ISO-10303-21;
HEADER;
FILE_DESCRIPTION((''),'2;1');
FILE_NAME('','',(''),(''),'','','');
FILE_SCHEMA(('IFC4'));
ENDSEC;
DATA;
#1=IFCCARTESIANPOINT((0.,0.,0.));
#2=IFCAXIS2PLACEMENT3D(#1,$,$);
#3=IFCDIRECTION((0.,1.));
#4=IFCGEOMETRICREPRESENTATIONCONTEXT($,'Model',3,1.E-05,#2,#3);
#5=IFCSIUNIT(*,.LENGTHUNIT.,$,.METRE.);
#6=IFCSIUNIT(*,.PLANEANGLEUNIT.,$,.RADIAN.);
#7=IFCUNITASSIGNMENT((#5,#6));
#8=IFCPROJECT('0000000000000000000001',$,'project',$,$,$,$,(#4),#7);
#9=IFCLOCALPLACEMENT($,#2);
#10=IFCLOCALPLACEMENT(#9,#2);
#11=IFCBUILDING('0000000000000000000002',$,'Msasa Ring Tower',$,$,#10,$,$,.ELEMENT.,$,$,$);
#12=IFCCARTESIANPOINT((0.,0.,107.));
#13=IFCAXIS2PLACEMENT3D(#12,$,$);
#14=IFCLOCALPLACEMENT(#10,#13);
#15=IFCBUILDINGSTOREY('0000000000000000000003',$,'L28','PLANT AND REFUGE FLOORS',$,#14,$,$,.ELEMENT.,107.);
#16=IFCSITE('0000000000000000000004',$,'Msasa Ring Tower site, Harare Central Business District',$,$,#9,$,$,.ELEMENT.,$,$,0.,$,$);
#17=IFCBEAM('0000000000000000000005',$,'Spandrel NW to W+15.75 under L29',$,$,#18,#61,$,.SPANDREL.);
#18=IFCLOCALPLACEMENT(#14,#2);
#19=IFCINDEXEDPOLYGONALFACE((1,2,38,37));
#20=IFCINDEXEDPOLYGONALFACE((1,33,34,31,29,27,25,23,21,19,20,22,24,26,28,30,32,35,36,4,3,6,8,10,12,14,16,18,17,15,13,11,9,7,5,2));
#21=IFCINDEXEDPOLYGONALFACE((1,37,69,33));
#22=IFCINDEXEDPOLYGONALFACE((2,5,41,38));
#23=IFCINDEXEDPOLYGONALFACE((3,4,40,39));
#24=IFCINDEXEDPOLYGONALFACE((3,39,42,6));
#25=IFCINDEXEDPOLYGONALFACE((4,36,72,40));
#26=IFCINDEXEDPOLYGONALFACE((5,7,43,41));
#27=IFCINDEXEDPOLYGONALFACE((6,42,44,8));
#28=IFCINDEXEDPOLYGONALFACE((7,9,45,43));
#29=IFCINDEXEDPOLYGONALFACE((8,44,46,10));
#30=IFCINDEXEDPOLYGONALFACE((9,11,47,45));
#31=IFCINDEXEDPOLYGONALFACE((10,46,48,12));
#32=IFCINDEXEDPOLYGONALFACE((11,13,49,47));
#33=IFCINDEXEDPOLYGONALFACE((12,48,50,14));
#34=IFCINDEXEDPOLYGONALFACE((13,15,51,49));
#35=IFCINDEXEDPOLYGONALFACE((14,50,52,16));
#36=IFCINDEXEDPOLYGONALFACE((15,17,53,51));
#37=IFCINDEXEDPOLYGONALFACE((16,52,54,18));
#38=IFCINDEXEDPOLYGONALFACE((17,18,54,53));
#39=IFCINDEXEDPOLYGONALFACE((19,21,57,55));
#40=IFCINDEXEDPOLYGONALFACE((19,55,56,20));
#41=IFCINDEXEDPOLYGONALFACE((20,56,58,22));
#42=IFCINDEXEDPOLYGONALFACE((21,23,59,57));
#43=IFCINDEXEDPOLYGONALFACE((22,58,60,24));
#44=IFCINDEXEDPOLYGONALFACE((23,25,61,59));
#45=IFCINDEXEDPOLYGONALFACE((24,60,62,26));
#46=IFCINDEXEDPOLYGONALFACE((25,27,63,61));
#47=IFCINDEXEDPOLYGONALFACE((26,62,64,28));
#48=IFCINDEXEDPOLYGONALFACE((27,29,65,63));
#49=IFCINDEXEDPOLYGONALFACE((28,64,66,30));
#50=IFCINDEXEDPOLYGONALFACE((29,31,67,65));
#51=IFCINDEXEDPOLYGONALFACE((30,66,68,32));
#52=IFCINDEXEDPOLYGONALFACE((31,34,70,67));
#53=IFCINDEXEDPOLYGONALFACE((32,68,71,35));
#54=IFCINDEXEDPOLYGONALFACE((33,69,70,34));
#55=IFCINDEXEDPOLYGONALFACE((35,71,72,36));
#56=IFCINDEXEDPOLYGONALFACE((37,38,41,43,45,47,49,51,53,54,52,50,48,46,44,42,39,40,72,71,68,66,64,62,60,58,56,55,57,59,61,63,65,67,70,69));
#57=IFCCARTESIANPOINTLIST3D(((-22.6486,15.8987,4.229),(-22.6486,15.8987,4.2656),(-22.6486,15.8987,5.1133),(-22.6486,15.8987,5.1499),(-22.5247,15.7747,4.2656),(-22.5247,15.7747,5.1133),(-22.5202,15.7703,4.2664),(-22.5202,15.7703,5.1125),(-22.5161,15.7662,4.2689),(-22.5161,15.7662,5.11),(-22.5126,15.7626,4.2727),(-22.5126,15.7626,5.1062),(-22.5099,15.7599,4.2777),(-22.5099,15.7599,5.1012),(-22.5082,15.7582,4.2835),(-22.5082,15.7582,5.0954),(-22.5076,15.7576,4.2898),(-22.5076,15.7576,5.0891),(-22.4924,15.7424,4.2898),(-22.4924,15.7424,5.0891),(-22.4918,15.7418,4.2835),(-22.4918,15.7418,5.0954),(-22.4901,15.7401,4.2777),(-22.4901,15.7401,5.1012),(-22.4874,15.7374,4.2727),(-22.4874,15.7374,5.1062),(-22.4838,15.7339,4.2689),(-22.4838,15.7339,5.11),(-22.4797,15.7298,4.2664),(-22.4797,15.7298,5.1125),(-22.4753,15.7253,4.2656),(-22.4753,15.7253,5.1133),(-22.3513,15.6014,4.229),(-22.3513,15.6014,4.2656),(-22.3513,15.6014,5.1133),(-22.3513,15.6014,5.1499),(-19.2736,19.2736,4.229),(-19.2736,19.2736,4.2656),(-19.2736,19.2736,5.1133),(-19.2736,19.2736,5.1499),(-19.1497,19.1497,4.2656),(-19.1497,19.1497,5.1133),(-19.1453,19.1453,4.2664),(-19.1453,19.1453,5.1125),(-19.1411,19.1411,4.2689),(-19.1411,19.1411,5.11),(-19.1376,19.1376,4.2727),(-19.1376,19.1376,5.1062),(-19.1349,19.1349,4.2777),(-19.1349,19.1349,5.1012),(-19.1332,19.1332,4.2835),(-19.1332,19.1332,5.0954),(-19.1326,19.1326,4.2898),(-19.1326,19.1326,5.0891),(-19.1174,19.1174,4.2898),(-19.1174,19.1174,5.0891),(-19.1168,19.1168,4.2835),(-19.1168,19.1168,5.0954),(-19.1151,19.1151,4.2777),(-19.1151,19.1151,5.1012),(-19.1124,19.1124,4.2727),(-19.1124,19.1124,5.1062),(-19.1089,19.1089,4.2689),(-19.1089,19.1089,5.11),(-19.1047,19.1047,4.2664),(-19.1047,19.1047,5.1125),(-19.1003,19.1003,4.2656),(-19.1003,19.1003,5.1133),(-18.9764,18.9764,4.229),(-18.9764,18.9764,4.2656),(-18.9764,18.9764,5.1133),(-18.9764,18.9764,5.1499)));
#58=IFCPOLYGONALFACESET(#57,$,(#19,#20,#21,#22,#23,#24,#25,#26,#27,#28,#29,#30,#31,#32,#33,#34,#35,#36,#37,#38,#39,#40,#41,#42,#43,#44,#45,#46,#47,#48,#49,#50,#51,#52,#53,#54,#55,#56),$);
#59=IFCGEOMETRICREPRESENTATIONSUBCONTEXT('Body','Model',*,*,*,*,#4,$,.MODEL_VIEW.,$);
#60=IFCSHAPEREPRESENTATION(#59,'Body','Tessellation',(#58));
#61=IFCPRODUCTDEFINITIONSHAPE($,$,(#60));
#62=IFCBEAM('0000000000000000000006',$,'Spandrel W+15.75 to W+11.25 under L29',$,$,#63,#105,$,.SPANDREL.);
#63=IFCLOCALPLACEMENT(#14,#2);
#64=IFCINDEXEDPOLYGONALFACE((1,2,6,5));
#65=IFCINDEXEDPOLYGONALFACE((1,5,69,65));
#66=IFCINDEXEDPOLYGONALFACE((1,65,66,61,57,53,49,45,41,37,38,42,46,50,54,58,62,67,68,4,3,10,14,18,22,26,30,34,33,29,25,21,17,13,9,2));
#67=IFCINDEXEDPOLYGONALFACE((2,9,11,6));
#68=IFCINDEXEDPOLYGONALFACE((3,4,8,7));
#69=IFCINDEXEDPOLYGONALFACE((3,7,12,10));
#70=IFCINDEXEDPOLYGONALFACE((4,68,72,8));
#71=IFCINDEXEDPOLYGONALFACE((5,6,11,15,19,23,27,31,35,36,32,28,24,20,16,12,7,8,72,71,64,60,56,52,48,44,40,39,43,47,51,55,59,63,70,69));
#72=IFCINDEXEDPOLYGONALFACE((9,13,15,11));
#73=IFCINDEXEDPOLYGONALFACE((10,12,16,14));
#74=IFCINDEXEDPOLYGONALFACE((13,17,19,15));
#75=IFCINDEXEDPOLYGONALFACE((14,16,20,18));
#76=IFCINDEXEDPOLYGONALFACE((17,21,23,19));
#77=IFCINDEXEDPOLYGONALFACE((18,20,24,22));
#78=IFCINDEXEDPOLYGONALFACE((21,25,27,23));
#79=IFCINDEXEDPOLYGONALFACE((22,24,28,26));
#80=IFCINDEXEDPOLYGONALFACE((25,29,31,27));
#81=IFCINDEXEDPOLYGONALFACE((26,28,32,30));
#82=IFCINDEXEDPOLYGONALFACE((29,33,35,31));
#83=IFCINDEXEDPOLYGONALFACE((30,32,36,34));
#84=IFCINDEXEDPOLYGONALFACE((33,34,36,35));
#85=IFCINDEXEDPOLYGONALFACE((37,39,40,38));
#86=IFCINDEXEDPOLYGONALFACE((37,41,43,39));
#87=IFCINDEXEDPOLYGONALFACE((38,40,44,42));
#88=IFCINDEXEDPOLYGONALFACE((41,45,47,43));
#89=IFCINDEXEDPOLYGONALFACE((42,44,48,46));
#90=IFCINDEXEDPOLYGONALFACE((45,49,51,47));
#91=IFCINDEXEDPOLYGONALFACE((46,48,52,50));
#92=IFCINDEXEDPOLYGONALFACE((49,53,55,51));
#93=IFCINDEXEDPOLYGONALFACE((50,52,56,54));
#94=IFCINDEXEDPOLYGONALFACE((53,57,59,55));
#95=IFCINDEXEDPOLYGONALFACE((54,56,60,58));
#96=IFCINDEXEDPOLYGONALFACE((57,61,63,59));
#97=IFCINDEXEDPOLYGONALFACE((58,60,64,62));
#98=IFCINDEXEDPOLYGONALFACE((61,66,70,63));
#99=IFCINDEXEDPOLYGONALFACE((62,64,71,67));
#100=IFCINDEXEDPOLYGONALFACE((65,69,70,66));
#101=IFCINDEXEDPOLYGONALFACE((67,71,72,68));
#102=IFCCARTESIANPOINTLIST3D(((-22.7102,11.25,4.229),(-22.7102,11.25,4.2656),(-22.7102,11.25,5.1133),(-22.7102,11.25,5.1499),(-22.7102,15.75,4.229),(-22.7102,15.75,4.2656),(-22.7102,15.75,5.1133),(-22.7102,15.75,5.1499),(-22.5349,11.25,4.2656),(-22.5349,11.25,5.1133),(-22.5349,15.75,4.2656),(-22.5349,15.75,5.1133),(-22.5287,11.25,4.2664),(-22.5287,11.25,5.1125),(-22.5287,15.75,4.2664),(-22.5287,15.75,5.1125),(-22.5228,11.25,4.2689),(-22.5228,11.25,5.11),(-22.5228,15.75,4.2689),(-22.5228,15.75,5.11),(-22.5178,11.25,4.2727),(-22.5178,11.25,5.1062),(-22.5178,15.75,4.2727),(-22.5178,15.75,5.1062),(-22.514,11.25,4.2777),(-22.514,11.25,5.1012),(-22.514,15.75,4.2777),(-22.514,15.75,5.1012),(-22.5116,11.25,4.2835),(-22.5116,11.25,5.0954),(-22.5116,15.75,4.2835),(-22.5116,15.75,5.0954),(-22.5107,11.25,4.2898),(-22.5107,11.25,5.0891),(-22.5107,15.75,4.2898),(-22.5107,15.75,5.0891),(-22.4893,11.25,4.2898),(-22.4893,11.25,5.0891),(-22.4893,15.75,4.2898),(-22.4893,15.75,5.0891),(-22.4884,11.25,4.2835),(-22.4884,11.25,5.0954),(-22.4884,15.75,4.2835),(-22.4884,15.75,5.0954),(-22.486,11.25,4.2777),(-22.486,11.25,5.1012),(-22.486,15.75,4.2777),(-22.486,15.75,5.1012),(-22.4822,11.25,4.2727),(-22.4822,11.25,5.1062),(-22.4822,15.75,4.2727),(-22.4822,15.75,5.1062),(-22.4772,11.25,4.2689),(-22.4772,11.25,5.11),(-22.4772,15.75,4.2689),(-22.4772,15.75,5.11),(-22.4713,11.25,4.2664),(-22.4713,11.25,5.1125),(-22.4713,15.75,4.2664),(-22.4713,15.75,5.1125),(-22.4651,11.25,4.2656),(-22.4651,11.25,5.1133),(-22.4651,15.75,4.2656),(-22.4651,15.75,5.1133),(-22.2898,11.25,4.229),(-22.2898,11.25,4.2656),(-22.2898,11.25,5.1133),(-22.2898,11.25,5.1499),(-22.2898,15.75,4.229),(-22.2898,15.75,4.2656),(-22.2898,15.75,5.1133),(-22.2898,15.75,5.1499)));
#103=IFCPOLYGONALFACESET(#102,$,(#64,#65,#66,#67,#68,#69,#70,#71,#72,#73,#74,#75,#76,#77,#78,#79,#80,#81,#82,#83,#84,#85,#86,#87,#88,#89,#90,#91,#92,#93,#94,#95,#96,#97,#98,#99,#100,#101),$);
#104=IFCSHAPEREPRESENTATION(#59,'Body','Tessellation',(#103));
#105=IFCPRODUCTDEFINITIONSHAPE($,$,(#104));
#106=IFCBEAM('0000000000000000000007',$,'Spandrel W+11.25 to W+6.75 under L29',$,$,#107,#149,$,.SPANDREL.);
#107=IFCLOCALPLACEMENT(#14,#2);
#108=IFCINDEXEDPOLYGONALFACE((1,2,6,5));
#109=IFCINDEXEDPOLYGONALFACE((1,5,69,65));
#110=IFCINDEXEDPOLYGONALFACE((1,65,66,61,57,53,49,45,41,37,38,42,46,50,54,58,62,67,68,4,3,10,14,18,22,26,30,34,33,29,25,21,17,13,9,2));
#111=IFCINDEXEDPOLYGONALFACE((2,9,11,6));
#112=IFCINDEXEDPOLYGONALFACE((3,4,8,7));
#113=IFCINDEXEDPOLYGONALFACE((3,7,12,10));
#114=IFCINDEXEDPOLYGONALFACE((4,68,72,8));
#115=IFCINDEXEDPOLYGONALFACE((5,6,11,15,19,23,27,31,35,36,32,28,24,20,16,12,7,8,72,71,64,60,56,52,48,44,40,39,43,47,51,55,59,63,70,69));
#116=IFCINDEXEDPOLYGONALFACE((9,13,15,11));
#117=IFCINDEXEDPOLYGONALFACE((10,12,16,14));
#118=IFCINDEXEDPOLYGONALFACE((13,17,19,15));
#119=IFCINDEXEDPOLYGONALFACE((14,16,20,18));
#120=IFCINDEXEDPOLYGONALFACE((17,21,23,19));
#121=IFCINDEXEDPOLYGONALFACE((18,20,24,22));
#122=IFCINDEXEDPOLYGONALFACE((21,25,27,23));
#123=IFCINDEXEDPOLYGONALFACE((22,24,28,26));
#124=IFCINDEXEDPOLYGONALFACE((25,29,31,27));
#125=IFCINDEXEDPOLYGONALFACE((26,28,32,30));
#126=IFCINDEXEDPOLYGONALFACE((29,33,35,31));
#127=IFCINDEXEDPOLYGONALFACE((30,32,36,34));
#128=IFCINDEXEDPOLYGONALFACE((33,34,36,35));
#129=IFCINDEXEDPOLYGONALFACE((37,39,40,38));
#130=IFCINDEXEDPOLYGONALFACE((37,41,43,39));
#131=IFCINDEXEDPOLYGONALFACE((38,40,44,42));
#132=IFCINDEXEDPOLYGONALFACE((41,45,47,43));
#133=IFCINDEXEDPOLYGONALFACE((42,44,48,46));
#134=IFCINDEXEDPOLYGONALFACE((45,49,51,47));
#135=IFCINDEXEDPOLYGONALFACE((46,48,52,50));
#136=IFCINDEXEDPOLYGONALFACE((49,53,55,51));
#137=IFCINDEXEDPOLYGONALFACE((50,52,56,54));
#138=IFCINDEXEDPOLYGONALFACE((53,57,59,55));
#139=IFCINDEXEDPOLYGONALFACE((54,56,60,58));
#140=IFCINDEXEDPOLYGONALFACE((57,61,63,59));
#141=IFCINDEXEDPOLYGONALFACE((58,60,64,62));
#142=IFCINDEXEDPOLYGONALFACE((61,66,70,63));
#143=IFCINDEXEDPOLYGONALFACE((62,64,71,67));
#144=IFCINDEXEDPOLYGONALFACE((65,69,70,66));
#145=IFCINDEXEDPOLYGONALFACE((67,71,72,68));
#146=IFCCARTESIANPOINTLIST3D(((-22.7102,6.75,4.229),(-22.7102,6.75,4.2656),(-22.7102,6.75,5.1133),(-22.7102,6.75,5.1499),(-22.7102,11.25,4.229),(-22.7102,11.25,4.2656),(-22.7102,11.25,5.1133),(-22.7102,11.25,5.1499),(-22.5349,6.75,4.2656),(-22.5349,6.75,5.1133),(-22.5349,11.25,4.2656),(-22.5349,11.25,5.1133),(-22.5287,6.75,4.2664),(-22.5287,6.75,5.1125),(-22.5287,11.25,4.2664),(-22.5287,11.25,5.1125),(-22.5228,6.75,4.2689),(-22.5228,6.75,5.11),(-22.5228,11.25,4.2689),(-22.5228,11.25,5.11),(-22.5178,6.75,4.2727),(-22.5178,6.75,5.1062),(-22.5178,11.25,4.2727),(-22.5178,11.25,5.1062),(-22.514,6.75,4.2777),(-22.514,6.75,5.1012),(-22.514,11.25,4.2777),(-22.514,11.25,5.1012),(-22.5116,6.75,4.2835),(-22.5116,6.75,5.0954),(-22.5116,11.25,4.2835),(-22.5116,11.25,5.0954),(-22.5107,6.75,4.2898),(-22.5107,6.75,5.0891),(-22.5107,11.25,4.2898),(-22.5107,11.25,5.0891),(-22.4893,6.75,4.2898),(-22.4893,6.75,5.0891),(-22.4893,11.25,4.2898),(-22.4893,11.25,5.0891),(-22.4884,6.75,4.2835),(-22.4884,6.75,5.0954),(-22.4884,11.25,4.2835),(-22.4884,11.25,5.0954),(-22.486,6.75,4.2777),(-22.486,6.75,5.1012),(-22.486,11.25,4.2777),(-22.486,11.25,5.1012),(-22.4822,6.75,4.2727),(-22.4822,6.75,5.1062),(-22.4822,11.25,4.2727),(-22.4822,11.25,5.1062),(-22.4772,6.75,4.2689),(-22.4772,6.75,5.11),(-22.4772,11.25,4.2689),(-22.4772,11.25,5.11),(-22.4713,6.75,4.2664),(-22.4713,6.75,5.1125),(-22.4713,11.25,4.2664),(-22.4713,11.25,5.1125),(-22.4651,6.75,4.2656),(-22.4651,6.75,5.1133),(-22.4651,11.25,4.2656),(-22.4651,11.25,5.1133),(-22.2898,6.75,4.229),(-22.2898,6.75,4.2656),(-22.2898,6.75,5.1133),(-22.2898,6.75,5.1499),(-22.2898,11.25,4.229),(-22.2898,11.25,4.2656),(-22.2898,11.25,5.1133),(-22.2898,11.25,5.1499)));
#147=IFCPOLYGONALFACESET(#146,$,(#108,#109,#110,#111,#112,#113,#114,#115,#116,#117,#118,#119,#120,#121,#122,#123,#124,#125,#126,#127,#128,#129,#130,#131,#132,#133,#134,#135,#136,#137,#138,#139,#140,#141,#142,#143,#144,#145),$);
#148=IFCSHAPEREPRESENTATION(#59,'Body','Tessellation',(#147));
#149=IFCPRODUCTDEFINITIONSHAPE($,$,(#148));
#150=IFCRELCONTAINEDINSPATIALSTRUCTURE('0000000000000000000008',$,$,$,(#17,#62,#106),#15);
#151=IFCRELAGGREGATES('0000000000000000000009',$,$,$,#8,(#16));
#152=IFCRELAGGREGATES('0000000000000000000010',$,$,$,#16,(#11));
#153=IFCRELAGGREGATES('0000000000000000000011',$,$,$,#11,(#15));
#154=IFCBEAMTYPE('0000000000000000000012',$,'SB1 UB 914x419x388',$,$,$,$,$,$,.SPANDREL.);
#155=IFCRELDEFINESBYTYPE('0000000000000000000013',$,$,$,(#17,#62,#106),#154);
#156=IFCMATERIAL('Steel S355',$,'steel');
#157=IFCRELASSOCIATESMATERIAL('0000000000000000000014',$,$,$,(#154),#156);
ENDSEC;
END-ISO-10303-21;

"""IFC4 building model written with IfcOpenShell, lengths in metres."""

from ifc_helpers import new_model, si_unit, direction, frame, origin, origin_2d, place, context, subcontext, project, spatial, i_section, extrude, material, material_profile, profile_set, type_object, element, save


model = new_model("IFC4")

# Units and contexts
model_context = context("Model", 3, precision=1e-05, world=origin(), true_north=direction((0.0, 1.0)))
body_context = subcontext(model_context, "Body", "Model", "MODEL_VIEW")
ifc_project = project(units=[si_unit("LENGTHUNIT", "METRE"), si_unit("PLANEANGLEUNIT", "RADIAN")], contexts=[model_context])

# Site, building, storey
site_placement = place(None, origin())
site = spatial("IfcSite", under=ifc_project, at=site_placement, Name="Msasa Ring Tower site, Harare Central Business District", CompositionType="ELEMENT", RefElevation=0.0)
building_placement = place(site_placement, origin())
building = spatial("IfcBuilding", under=site, at=building_placement, Name="Msasa Ring Tower", CompositionType="ELEMENT")
storey_placement = place(building_placement, frame((0.0, 0.0, 107.0)))
storey = spatial("IfcBuildingStorey", under=building, at=storey_placement, Name="L28", Description="PLANT AND REFUGE FLOORS", CompositionType="ELEMENT", Elevation=107.0)

# Beams
ifc_material_1 = material(Name="Steel S355", Category="steel")
ifc_material_profile_1 = material_profile(ifc_material_1, i_section(OverallWidth=0.4204, OverallDepth=0.9209, WebThickness=0.0215, FlangeThickness=0.0366, FilletRadius=0.0242, at=origin_2d()), Name="UB 914x419x388")
ifc_profile_set_1 = profile_set([ifc_material_profile_1], Name="Steel S355")
beam_type_1 = type_object("IfcBeamType", Name="SB1 UB 914x419x388", PredefinedType="SPANDREL", material=ifc_profile_set_1)
for number, where, z_axis, x_axis, name in (
    (1, (-19.125, 19.125, 4.6895), (-0.707107, -0.707107, 0.0), (0.707107, -0.707107, 0.0), "Spandrel NW to W+15.75 under L29"),
):
    element("IfcBeam", number, at=place(storey_placement, frame(where, z_axis=z_axis, x_axis=x_axis)), inside=storey, type_object=beam_type_1, Name=name, PredefinedType="SPANDREL", context=body_context, shape_type="SweptSolid", body=[
        extrude(i_section(OverallWidth=0.4204, OverallDepth=0.9209, WebThickness=0.0215, FlangeThickness=0.0366, FilletRadius=0.0242, at=origin_2d()), origin(), (0.0, 0.0, 1.0), 4.7729),
    ])
for number, where, z_axis, x_axis, name in (
    (2, (-22.5, 15.75, 4.6895), (0.0, -1.0, 0.0), (1.0, 0.0, 0.0), "Spandrel W+15.75 to W+11.25 under L29"),
    (3, (-22.5, 11.25, 4.6895), (0.0, -1.0, 0.0), (1.0, 0.0, 0.0), "Spandrel W+11.25 to W+6.75 under L29"),
):
    element("IfcBeam", number, at=place(storey_placement, frame(where, z_axis=z_axis, x_axis=x_axis)), inside=storey, type_object=beam_type_1, Name=name, PredefinedType="SPANDREL", context=body_context, shape_type="SweptSolid", body=[
        extrude(i_section(OverallWidth=0.4204, OverallDepth=0.9209, WebThickness=0.0215, FlangeThickness=0.0366, FilletRadius=0.0242, at=origin_2d()), origin(), (0.0, 0.0, 1.0), 4.5),
    ])

save(model, "model.ifc")
